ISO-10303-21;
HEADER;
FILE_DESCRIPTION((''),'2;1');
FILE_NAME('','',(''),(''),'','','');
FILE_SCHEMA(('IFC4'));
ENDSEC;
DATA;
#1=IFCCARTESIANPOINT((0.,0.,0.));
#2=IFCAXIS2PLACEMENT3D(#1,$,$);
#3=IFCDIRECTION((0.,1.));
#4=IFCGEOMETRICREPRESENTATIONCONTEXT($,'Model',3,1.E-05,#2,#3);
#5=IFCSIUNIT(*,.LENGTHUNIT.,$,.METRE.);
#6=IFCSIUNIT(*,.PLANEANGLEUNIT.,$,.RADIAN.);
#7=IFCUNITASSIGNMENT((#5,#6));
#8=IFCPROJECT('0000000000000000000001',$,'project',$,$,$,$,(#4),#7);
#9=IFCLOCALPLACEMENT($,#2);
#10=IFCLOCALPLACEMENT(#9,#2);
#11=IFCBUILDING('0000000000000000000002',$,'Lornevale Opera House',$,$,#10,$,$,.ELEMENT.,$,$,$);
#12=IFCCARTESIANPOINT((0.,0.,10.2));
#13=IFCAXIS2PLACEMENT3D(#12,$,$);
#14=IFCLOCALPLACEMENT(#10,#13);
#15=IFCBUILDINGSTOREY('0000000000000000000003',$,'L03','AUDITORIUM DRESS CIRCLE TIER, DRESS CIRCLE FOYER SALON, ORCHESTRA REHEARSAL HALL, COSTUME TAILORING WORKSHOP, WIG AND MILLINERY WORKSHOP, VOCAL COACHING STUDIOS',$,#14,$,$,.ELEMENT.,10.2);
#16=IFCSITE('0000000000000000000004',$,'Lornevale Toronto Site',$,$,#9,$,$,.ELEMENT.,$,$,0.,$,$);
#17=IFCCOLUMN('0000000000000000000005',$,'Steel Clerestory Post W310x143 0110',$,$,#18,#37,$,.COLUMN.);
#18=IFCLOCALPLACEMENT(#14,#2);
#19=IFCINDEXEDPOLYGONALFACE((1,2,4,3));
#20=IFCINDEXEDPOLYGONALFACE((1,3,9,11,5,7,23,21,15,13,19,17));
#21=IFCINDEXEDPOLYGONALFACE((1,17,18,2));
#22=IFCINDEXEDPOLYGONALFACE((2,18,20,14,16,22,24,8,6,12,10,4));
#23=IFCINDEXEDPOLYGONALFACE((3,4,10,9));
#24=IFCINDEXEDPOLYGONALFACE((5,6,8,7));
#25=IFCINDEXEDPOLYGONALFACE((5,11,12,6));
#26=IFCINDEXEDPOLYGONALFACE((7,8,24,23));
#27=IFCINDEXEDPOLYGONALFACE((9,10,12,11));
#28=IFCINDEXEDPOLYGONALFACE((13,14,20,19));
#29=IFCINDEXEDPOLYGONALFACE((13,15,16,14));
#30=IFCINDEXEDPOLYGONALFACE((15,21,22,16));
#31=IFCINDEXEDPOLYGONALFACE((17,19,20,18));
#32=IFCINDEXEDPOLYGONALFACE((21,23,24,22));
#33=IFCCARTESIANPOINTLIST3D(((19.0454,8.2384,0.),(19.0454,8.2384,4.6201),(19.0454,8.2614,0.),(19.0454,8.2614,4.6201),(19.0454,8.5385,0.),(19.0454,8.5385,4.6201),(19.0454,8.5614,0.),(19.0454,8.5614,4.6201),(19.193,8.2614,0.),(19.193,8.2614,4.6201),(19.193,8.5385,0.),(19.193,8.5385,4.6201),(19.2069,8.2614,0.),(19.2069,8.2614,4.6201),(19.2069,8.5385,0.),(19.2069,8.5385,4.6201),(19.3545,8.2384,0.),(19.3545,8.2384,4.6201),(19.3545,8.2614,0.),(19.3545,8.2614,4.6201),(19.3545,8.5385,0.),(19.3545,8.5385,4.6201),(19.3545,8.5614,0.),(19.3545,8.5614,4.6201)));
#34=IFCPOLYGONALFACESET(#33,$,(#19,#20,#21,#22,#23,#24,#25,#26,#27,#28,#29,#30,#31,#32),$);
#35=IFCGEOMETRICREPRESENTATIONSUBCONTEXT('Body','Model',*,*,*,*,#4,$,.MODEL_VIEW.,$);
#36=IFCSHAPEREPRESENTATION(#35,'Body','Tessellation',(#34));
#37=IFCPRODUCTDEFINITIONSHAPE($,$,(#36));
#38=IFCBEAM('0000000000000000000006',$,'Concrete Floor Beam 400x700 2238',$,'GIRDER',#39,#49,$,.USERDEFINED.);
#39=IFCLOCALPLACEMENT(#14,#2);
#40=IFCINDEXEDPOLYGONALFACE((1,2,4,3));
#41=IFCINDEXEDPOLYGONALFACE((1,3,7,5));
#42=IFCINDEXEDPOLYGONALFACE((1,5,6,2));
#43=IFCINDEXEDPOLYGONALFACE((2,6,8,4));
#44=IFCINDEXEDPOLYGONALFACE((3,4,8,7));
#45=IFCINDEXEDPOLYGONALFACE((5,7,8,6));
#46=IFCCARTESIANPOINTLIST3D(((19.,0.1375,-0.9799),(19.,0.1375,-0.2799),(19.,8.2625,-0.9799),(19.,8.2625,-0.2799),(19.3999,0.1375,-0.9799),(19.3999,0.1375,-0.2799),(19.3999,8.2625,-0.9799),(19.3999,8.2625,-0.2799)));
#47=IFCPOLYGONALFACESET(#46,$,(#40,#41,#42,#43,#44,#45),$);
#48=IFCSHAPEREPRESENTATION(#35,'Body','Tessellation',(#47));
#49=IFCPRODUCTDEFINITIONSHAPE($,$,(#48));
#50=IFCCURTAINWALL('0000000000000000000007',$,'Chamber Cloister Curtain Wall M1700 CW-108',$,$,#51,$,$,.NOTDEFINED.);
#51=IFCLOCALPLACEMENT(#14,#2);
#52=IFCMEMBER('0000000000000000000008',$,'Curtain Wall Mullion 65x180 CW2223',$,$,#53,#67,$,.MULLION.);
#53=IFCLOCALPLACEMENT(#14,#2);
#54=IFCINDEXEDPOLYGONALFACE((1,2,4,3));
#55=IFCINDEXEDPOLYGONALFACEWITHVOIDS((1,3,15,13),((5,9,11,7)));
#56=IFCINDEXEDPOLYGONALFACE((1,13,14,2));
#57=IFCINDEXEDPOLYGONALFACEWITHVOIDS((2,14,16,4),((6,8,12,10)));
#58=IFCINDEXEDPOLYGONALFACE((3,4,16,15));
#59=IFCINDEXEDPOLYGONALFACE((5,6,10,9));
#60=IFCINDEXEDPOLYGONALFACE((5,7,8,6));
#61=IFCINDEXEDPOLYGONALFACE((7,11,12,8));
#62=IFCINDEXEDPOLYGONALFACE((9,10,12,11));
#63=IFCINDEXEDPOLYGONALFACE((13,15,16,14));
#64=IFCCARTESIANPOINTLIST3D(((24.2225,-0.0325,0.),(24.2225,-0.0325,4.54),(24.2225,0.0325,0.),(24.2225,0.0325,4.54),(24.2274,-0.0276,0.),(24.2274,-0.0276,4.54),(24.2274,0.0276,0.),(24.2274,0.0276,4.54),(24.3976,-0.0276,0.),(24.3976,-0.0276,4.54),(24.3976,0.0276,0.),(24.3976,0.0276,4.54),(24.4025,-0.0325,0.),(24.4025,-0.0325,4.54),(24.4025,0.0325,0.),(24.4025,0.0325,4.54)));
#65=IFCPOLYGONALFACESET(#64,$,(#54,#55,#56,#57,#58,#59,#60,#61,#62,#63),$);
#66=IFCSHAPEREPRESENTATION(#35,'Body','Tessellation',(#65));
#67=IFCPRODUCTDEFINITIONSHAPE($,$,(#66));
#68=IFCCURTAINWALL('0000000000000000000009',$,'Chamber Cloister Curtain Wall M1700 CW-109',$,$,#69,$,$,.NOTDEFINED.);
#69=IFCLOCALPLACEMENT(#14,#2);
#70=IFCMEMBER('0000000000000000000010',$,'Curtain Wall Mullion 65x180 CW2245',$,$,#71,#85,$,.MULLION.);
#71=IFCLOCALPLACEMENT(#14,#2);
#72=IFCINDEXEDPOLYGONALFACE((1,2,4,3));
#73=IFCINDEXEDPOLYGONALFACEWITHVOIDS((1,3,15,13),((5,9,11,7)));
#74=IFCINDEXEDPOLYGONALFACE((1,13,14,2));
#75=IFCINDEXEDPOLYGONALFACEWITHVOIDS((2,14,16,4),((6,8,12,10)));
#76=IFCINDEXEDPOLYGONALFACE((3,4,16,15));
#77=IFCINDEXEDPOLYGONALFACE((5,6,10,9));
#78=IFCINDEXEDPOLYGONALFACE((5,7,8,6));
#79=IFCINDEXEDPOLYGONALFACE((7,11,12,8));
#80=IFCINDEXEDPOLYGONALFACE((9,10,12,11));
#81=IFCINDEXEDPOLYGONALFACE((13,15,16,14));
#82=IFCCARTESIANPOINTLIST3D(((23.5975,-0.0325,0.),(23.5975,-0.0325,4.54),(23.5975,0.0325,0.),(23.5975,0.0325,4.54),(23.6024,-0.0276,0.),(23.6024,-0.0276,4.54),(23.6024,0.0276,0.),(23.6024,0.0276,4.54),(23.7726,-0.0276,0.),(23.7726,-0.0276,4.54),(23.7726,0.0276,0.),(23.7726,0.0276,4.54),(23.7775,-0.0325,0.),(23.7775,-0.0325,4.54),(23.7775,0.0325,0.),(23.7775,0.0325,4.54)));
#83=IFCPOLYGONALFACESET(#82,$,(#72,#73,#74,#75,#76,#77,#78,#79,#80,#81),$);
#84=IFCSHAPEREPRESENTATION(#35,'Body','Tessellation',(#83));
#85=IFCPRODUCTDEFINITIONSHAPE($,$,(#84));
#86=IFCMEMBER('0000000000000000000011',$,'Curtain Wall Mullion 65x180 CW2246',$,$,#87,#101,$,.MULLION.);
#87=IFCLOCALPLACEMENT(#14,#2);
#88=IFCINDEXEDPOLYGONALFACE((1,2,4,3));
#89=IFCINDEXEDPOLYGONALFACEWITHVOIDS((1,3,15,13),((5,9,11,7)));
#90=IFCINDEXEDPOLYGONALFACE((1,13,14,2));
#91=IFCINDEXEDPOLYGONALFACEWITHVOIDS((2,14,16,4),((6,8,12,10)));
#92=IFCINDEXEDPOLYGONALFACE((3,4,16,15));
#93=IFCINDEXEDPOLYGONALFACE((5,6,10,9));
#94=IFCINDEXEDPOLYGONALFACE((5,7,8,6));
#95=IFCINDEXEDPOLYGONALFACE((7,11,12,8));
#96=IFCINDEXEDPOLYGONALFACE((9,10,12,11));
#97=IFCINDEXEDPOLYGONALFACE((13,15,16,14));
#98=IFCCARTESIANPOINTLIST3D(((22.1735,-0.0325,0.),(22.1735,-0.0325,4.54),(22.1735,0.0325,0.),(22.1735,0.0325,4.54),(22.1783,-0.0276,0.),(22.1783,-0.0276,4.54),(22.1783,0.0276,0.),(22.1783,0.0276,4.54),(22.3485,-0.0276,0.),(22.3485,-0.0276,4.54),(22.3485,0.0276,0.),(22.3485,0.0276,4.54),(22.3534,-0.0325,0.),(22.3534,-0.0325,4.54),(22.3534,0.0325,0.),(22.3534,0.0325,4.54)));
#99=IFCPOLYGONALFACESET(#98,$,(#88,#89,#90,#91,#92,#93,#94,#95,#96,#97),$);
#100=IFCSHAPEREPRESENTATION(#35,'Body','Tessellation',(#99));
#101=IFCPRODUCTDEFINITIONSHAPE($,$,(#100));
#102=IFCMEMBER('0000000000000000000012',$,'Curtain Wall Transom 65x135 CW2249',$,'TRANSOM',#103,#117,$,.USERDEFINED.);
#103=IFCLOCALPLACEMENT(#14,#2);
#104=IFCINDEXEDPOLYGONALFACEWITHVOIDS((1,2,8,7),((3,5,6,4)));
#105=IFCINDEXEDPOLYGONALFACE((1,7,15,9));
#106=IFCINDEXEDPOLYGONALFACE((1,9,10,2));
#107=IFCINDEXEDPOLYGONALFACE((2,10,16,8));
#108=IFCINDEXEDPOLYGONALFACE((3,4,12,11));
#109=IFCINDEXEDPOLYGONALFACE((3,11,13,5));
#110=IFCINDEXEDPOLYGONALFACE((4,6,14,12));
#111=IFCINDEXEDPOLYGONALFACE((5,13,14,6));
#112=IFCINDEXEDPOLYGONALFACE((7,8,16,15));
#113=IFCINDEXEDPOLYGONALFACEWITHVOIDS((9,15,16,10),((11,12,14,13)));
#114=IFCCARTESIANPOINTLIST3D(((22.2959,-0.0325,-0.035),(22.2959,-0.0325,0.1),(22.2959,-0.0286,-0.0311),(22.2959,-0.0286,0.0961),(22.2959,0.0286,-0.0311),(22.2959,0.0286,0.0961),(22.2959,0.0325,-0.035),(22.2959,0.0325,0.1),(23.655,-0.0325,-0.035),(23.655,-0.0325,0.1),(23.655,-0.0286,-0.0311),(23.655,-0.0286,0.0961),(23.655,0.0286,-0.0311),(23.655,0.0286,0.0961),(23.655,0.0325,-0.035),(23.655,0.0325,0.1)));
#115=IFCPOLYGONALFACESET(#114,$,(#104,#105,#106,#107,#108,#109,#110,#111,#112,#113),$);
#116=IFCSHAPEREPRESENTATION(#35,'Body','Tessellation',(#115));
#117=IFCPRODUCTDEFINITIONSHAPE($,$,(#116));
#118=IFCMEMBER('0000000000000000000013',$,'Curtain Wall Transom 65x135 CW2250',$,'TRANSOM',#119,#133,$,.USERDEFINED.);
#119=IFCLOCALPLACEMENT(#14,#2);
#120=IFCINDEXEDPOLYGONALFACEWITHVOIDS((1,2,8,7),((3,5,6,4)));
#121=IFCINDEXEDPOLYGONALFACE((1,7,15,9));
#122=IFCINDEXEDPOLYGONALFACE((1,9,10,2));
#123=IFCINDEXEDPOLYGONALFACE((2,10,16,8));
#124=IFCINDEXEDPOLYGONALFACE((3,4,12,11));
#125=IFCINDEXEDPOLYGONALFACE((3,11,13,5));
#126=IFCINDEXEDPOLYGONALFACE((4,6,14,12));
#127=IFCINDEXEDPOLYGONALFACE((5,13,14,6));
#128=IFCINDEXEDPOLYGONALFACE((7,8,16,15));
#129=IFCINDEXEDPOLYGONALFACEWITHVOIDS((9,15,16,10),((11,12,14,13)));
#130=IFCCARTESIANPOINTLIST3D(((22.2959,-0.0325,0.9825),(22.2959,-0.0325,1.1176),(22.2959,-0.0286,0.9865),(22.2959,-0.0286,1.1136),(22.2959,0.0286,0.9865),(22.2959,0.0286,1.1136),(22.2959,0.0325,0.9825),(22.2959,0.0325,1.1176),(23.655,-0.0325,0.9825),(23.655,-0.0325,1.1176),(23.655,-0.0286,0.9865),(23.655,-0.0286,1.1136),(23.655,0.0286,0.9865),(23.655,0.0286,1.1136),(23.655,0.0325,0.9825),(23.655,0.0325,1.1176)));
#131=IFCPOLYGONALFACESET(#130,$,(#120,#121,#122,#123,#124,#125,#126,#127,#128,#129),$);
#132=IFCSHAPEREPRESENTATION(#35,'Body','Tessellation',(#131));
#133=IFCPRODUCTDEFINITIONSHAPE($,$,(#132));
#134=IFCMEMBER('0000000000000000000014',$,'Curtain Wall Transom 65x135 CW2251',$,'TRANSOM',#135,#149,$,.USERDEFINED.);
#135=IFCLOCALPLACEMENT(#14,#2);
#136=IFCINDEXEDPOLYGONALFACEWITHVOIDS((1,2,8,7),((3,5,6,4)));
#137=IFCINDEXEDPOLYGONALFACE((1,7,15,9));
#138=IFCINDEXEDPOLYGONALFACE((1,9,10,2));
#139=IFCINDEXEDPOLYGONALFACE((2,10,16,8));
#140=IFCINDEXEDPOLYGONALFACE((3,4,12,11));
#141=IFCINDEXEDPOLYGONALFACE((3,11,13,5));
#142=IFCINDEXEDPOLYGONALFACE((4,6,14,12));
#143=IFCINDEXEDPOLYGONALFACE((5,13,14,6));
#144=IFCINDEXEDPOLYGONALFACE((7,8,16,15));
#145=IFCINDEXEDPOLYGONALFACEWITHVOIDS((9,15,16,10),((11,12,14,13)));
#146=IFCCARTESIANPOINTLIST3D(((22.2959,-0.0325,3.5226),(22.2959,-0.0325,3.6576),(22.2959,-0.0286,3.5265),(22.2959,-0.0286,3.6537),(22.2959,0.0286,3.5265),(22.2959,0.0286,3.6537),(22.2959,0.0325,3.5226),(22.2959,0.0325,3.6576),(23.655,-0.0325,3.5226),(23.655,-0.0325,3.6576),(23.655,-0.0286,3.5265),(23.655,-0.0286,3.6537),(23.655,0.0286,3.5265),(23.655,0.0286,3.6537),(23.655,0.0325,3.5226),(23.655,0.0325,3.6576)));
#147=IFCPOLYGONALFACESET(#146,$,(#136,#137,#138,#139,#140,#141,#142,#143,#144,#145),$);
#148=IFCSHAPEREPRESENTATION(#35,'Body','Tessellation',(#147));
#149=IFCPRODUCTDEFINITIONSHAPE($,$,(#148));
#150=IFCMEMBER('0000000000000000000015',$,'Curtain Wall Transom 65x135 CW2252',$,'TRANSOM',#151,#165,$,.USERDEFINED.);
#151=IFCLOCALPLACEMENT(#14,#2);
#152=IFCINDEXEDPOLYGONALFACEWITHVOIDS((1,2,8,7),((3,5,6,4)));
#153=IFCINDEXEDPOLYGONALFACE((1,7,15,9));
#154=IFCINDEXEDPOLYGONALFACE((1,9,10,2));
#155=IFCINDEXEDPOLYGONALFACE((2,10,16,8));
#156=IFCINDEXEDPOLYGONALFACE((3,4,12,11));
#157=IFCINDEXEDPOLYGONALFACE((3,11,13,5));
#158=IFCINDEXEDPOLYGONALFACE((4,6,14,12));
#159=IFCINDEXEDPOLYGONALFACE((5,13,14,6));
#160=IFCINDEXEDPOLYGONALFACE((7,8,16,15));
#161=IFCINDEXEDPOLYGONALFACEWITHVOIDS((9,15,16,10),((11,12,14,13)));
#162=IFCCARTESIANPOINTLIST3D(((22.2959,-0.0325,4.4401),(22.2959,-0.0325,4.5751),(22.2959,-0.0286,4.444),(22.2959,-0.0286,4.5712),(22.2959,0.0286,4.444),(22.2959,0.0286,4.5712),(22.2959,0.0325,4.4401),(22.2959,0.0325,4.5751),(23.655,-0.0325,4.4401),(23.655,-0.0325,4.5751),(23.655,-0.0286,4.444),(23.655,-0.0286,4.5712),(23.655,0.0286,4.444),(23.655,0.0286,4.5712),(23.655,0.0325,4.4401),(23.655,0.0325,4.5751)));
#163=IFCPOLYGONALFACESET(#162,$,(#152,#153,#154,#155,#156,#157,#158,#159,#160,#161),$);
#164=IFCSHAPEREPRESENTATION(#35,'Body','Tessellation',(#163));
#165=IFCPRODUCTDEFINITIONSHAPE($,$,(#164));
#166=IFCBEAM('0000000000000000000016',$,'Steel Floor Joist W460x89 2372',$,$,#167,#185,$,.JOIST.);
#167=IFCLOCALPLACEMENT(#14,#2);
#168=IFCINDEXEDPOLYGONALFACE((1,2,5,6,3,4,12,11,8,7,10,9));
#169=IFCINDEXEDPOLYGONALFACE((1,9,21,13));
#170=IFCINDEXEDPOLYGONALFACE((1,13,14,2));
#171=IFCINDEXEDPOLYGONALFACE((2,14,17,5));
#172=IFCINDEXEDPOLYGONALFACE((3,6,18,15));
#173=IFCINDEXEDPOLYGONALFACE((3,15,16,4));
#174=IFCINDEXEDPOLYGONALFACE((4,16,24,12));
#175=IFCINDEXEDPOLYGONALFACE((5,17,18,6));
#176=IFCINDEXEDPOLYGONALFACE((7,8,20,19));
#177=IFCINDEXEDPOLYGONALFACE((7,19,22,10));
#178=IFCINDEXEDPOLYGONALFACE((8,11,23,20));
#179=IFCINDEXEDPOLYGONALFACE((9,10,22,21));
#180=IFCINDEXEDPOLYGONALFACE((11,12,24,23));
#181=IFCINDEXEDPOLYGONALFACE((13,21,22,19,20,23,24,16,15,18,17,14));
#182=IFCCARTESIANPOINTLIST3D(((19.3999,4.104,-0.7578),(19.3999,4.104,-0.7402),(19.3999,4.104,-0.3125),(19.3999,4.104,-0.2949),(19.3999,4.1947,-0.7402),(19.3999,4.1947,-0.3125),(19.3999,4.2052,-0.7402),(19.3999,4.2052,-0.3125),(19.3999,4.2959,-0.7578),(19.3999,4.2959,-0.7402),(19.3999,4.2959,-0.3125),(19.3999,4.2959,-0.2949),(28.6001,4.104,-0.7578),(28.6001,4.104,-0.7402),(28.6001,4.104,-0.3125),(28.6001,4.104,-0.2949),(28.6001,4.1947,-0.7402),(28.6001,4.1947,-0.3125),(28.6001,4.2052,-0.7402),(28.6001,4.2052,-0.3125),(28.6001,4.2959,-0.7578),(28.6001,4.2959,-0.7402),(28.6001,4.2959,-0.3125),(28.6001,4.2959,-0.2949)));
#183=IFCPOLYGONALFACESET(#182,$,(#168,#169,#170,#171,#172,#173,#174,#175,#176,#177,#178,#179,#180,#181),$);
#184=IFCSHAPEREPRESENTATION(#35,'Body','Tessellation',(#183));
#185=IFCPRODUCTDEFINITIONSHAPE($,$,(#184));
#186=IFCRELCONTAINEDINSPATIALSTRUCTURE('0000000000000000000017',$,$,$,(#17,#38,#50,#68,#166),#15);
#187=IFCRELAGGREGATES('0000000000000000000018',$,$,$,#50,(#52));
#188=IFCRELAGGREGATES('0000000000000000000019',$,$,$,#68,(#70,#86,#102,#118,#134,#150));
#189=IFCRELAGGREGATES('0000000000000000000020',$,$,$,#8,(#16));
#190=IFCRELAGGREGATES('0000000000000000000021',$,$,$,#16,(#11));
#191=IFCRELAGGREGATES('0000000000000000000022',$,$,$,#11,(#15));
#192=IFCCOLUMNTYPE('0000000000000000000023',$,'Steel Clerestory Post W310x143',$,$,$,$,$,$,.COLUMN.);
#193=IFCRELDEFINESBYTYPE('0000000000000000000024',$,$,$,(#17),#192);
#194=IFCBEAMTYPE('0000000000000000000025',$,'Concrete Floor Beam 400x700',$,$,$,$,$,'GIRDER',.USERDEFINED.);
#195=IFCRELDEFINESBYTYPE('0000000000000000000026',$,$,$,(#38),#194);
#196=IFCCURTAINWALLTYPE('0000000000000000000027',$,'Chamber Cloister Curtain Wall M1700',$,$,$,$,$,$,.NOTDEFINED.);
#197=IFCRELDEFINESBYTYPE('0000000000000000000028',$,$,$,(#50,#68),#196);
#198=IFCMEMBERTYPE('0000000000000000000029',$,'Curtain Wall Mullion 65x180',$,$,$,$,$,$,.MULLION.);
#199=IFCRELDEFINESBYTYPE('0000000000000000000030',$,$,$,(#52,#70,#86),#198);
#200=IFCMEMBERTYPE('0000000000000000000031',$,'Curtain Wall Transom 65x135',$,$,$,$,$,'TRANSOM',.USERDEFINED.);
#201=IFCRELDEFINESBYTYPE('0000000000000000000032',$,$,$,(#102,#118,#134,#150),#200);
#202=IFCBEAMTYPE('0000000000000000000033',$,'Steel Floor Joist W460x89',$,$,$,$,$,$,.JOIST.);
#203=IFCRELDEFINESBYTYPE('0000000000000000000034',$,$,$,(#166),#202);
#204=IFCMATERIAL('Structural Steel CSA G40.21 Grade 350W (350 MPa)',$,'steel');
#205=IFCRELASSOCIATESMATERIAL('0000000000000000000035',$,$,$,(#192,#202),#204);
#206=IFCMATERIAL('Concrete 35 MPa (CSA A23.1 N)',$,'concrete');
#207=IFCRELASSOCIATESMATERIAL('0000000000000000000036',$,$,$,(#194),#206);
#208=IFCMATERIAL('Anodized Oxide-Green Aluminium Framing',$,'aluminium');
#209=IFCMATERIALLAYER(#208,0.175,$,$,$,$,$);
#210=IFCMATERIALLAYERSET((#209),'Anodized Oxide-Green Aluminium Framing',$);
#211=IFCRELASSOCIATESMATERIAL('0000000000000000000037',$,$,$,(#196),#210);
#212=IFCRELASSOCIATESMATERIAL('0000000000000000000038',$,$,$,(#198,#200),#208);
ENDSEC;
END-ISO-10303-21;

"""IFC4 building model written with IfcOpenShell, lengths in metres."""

from ifc_helpers import new_model, si_unit, direction, frame, origin, origin_2d, place, context, subcontext, project, spatial, rectangle, hollow_rectangle, i_section, extrude, material, layer, layer_set, material_profile, profile_set, type_object, element, aggregate, save


model = new_model("IFC4")

# Units and contexts
model_context = context("Model", 3, precision=1e-05, world=origin(), true_north=direction((0.0, 1.0)))
body_context = subcontext(model_context, "Body", "Model", "MODEL_VIEW")
ifc_project = project(units=[si_unit("LENGTHUNIT", "METRE"), si_unit("PLANEANGLEUNIT", "RADIAN")], contexts=[model_context])

# Site, building, storey
site_placement = place(None, origin())
site = spatial("IfcSite", under=ifc_project, at=site_placement, Name="Lornevale Toronto Site", CompositionType="ELEMENT", RefElevation=0.0)
building_placement = place(site_placement, origin())
building = spatial("IfcBuilding", under=site, at=building_placement, Name="Lornevale Opera House", CompositionType="ELEMENT")
storey_placement = place(building_placement, frame((0.0, 0.0, 10.2)))
storey = spatial("IfcBuildingStorey", under=building, at=storey_placement, Name="L03", Description="AUDITORIUM DRESS CIRCLE TIER, DRESS CIRCLE FOYER SALON, ORCHESTRA REHEARSAL HALL, COSTUME TAILORING WORKSHOP, WIG AND MILLINERY WORKSHOP, VOCAL COACHING STUDIOS", CompositionType="ELEMENT", Elevation=10.2)

# Column
ifc_material_1 = material(Name="Structural Steel CSA G40.21 Grade 350W (350 MPa)", Category="steel")
ifc_material_profile_1 = material_profile(ifc_material_1, i_section(OverallWidth=0.3091, OverallDepth=0.323, WebThickness=0.0139, FlangeThickness=0.0229, at=origin_2d()), Name="W310x143")
ifc_profile_set_1 = profile_set([ifc_material_profile_1], Name="Structural Steel CSA G40.21 Grade 350W (350 MPa)")
column_type = type_object("IfcColumnType", Name="Steel Clerestory Post W310x143", PredefinedType="COLUMN", material=ifc_profile_set_1)
column_placement = place(storey_placement, frame((19.2, 8.3999, 0.0), z_axis=(0.0, 0.0, 1.0), x_axis=(1.0, 0.0, 0.0)))
element("IfcColumn", 1, at=column_placement, inside=storey, type_object=column_type, Name="Steel Clerestory Post W310x143 0110", PredefinedType="COLUMN", context=body_context, shape_type="SweptSolid", body=[
    extrude(i_section(OverallWidth=0.3091, OverallDepth=0.323, WebThickness=0.0139, FlangeThickness=0.0229, at=origin_2d()), origin(), (0.0, 0.0, 1.0), 4.6201),
])

# Beam
ifc_material_2 = material(Name="Concrete 35 MPa (CSA A23.1 N)", Category="concrete")
ifc_material_profile_2 = material_profile(ifc_material_2, rectangle(XDim=0.3999, YDim=0.7, at=origin_2d()), Name="RC400x700")
ifc_profile_set_2 = profile_set([ifc_material_profile_2], Name="Concrete 35 MPa (CSA A23.1 N)")
beam_type_1 = type_object("IfcBeamType", Name="Concrete Floor Beam 400x700", ElementType="GIRDER", PredefinedType="USERDEFINED", material=ifc_profile_set_2)
beam_1_placement = place(storey_placement, frame((19.2, 0.1375, -0.6299), z_axis=(0.0, 1.0, 0.0), x_axis=(-1.0, 0.0, 0.0)))
element("IfcBeam", 2, at=beam_1_placement, inside=storey, type_object=beam_type_1, Name="Concrete Floor Beam 400x700 2238", ObjectType="GIRDER", PredefinedType="USERDEFINED", context=body_context, shape_type="SweptSolid", body=[
    extrude(rectangle(XDim=0.3999, YDim=0.7, at=origin_2d()), origin(), (0.0, 0.0, 1.0), 8.125),
])

# Curtain wall, member
ifc_material_3 = material(Name="Anodized Oxide-Green Aluminium Framing", Category="aluminium")
ifc_layer_1 = layer(ifc_material_3, 0.175)
ifc_layer_set_1 = layer_set([ifc_layer_1], Name="Anodized Oxide-Green Aluminium Framing")
curtain_wall_type = type_object("IfcCurtainWallType", Name="Chamber Cloister Curtain Wall M1700", PredefinedType="NOTDEFINED", material=ifc_layer_set_1)
curtain_wall_1_placement = place(storey_placement, origin())
curtain_wall_1 = element("IfcCurtainWall", 3, at=curtain_wall_1_placement, inside=storey, type_object=curtain_wall_type, Name="Chamber Cloister Curtain Wall M1700 CW-108", PredefinedType="NOTDEFINED")
ifc_material_profile_3 = material_profile(ifc_material_3, hollow_rectangle(XDim=0.0649, YDim=0.1799, WallThickness=0.0049, at=origin_2d()), Name="ALU65x180x5")
ifc_profile_set_3 = profile_set([ifc_material_profile_3], Name="Anodized Oxide-Green Aluminium Framing")
member_type_1 = type_object("IfcMemberType", Name="Curtain Wall Mullion 65x180", PredefinedType="MULLION", material=ifc_profile_set_3)
member_1_placement = place(storey_placement, frame((24.3125, 0.0, 0.0), z_axis=(0.0, 0.0, 1.0), x_axis=(0.0, -1.0, 0.0)))
member_1 = element("IfcMember", 4, at=member_1_placement, type_object=member_type_1, Name="Curtain Wall Mullion 65x180 CW2223", PredefinedType="MULLION", context=body_context, shape_type="SweptSolid", body=[
    extrude(hollow_rectangle(XDim=0.0649, YDim=0.1799, WallThickness=0.0049, at=origin_2d()), origin(), (0.0, 0.0, 1.0), 4.54),
])

# Curtain wall, members
curtain_wall_2_placement = place(storey_placement, origin())
curtain_wall_2 = element("IfcCurtainWall", 5, at=curtain_wall_2_placement, inside=storey, type_object=curtain_wall_type, Name="Chamber Cloister Curtain Wall M1700 CW-109", PredefinedType="NOTDEFINED")
member_2_placement = place(storey_placement, frame((23.6875, 0.0, 0.0), z_axis=(0.0, 0.0, 1.0), x_axis=(0.0, -1.0, 0.0)))
member_2 = element("IfcMember", 6, at=member_2_placement, type_object=member_type_1, Name="Curtain Wall Mullion 65x180 CW2245", PredefinedType="MULLION", context=body_context, shape_type="SweptSolid", body=[
    extrude(hollow_rectangle(XDim=0.0649, YDim=0.1799, WallThickness=0.0049, at=origin_2d()), origin(), (0.0, 0.0, 1.0), 4.54),
])
member_3_placement = place(storey_placement, frame((22.2634, 0.0, 0.0), z_axis=(0.0, 0.0, 1.0), x_axis=(0.0, -1.0, 0.0)))
member_3 = element("IfcMember", 7, at=member_3_placement, type_object=member_type_1, Name="Curtain Wall Mullion 65x180 CW2246", PredefinedType="MULLION", context=body_context, shape_type="SweptSolid", body=[
    extrude(hollow_rectangle(XDim=0.0649, YDim=0.1799, WallThickness=0.0049, at=origin_2d()), origin(), (0.0, 0.0, 1.0), 4.54),
])
ifc_material_profile_4 = material_profile(ifc_material_3, hollow_rectangle(XDim=0.0649, YDim=0.135, WallThickness=0.0039, at=origin_2d()), Name="ALU65x135x4")
ifc_profile_set_4 = profile_set([ifc_material_profile_4], Name="Anodized Oxide-Green Aluminium Framing")
member_type_2 = type_object("IfcMemberType", Name="Curtain Wall Transom 65x135", ElementType="TRANSOM", PredefinedType="USERDEFINED", material=ifc_profile_set_4)
member_4_placement = place(storey_placement, frame((23.655, 0.0, 0.0325), z_axis=(-1.0, 0.0, 0.0), x_axis=(0.0, -1.0, 0.0)))
member_4 = element("IfcMember", 8, at=member_4_placement, type_object=member_type_2, Name="Curtain Wall Transom 65x135 CW2249", ObjectType="TRANSOM", PredefinedType="USERDEFINED", context=body_context, shape_type="SweptSolid", body=[
    extrude(hollow_rectangle(XDim=0.0649, YDim=0.135, WallThickness=0.0039, at=origin_2d()), origin(), (0.0, 0.0, 1.0), 1.3591),
])
member_5_placement = place(storey_placement, frame((23.655, 0.0, 1.05), z_axis=(-1.0, 0.0, 0.0), x_axis=(0.0, -1.0, 0.0)))
member_5 = element("IfcMember", 9, at=member_5_placement, type_object=member_type_2, Name="Curtain Wall Transom 65x135 CW2250", ObjectType="TRANSOM", PredefinedType="USERDEFINED", context=body_context, shape_type="SweptSolid", body=[
    extrude(hollow_rectangle(XDim=0.0649, YDim=0.135, WallThickness=0.0039, at=origin_2d()), origin(), (0.0, 0.0, 1.0), 1.3591),
])
member_6_placement = place(storey_placement, frame((23.655, 0.0, 3.5901), z_axis=(-1.0, 0.0, 0.0), x_axis=(0.0, -1.0, 0.0)))
member_6 = element("IfcMember", 10, at=member_6_placement, type_object=member_type_2, Name="Curtain Wall Transom 65x135 CW2251", ObjectType="TRANSOM", PredefinedType="USERDEFINED", context=body_context, shape_type="SweptSolid", body=[
    extrude(hollow_rectangle(XDim=0.0649, YDim=0.135, WallThickness=0.0039, at=origin_2d()), origin(), (0.0, 0.0, 1.0), 1.3591),
])
member_7_placement = place(storey_placement, frame((23.655, 0.0, 4.5076), z_axis=(-1.0, 0.0, 0.0), x_axis=(0.0, -1.0, 0.0)))
member_7 = element("IfcMember", 11, at=member_7_placement, type_object=member_type_2, Name="Curtain Wall Transom 65x135 CW2252", ObjectType="TRANSOM", PredefinedType="USERDEFINED", context=body_context, shape_type="SweptSolid", body=[
    extrude(hollow_rectangle(XDim=0.0649, YDim=0.135, WallThickness=0.0039, at=origin_2d()), origin(), (0.0, 0.0, 1.0), 1.3591),
])

# Beam
ifc_material_profile_5 = material_profile(ifc_material_1, i_section(OverallWidth=0.1919, OverallDepth=0.4629, WebThickness=0.0105, FlangeThickness=0.0176, at=origin_2d()), Name="W460x89")
ifc_profile_set_5 = profile_set([ifc_material_profile_5], Name="Structural Steel CSA G40.21 Grade 350W (350 MPa)")
beam_type_2 = type_object("IfcBeamType", Name="Steel Floor Joist W460x89", PredefinedType="JOIST", material=ifc_profile_set_5)
beam_2_placement = place(storey_placement, frame((19.3999, 4.2, -0.5264), z_axis=(1.0, 0.0, 0.0), x_axis=(0.0, 1.0, 0.0)))
element("IfcBeam", 12, at=beam_2_placement, inside=storey, type_object=beam_type_2, Name="Steel Floor Joist W460x89 2372", PredefinedType="JOIST", context=body_context, shape_type="SweptSolid", body=[
    extrude(i_section(OverallWidth=0.1919, OverallDepth=0.4629, WebThickness=0.0105, FlangeThickness=0.0176, at=origin_2d()), origin(), (0.0, 0.0, 1.0), 9.2002),
])

aggregate(curtain_wall_1, [member_1])
aggregate(curtain_wall_2, [member_2, member_3, member_4, member_5, member_6, member_7])

save(model, "model.ifc")
